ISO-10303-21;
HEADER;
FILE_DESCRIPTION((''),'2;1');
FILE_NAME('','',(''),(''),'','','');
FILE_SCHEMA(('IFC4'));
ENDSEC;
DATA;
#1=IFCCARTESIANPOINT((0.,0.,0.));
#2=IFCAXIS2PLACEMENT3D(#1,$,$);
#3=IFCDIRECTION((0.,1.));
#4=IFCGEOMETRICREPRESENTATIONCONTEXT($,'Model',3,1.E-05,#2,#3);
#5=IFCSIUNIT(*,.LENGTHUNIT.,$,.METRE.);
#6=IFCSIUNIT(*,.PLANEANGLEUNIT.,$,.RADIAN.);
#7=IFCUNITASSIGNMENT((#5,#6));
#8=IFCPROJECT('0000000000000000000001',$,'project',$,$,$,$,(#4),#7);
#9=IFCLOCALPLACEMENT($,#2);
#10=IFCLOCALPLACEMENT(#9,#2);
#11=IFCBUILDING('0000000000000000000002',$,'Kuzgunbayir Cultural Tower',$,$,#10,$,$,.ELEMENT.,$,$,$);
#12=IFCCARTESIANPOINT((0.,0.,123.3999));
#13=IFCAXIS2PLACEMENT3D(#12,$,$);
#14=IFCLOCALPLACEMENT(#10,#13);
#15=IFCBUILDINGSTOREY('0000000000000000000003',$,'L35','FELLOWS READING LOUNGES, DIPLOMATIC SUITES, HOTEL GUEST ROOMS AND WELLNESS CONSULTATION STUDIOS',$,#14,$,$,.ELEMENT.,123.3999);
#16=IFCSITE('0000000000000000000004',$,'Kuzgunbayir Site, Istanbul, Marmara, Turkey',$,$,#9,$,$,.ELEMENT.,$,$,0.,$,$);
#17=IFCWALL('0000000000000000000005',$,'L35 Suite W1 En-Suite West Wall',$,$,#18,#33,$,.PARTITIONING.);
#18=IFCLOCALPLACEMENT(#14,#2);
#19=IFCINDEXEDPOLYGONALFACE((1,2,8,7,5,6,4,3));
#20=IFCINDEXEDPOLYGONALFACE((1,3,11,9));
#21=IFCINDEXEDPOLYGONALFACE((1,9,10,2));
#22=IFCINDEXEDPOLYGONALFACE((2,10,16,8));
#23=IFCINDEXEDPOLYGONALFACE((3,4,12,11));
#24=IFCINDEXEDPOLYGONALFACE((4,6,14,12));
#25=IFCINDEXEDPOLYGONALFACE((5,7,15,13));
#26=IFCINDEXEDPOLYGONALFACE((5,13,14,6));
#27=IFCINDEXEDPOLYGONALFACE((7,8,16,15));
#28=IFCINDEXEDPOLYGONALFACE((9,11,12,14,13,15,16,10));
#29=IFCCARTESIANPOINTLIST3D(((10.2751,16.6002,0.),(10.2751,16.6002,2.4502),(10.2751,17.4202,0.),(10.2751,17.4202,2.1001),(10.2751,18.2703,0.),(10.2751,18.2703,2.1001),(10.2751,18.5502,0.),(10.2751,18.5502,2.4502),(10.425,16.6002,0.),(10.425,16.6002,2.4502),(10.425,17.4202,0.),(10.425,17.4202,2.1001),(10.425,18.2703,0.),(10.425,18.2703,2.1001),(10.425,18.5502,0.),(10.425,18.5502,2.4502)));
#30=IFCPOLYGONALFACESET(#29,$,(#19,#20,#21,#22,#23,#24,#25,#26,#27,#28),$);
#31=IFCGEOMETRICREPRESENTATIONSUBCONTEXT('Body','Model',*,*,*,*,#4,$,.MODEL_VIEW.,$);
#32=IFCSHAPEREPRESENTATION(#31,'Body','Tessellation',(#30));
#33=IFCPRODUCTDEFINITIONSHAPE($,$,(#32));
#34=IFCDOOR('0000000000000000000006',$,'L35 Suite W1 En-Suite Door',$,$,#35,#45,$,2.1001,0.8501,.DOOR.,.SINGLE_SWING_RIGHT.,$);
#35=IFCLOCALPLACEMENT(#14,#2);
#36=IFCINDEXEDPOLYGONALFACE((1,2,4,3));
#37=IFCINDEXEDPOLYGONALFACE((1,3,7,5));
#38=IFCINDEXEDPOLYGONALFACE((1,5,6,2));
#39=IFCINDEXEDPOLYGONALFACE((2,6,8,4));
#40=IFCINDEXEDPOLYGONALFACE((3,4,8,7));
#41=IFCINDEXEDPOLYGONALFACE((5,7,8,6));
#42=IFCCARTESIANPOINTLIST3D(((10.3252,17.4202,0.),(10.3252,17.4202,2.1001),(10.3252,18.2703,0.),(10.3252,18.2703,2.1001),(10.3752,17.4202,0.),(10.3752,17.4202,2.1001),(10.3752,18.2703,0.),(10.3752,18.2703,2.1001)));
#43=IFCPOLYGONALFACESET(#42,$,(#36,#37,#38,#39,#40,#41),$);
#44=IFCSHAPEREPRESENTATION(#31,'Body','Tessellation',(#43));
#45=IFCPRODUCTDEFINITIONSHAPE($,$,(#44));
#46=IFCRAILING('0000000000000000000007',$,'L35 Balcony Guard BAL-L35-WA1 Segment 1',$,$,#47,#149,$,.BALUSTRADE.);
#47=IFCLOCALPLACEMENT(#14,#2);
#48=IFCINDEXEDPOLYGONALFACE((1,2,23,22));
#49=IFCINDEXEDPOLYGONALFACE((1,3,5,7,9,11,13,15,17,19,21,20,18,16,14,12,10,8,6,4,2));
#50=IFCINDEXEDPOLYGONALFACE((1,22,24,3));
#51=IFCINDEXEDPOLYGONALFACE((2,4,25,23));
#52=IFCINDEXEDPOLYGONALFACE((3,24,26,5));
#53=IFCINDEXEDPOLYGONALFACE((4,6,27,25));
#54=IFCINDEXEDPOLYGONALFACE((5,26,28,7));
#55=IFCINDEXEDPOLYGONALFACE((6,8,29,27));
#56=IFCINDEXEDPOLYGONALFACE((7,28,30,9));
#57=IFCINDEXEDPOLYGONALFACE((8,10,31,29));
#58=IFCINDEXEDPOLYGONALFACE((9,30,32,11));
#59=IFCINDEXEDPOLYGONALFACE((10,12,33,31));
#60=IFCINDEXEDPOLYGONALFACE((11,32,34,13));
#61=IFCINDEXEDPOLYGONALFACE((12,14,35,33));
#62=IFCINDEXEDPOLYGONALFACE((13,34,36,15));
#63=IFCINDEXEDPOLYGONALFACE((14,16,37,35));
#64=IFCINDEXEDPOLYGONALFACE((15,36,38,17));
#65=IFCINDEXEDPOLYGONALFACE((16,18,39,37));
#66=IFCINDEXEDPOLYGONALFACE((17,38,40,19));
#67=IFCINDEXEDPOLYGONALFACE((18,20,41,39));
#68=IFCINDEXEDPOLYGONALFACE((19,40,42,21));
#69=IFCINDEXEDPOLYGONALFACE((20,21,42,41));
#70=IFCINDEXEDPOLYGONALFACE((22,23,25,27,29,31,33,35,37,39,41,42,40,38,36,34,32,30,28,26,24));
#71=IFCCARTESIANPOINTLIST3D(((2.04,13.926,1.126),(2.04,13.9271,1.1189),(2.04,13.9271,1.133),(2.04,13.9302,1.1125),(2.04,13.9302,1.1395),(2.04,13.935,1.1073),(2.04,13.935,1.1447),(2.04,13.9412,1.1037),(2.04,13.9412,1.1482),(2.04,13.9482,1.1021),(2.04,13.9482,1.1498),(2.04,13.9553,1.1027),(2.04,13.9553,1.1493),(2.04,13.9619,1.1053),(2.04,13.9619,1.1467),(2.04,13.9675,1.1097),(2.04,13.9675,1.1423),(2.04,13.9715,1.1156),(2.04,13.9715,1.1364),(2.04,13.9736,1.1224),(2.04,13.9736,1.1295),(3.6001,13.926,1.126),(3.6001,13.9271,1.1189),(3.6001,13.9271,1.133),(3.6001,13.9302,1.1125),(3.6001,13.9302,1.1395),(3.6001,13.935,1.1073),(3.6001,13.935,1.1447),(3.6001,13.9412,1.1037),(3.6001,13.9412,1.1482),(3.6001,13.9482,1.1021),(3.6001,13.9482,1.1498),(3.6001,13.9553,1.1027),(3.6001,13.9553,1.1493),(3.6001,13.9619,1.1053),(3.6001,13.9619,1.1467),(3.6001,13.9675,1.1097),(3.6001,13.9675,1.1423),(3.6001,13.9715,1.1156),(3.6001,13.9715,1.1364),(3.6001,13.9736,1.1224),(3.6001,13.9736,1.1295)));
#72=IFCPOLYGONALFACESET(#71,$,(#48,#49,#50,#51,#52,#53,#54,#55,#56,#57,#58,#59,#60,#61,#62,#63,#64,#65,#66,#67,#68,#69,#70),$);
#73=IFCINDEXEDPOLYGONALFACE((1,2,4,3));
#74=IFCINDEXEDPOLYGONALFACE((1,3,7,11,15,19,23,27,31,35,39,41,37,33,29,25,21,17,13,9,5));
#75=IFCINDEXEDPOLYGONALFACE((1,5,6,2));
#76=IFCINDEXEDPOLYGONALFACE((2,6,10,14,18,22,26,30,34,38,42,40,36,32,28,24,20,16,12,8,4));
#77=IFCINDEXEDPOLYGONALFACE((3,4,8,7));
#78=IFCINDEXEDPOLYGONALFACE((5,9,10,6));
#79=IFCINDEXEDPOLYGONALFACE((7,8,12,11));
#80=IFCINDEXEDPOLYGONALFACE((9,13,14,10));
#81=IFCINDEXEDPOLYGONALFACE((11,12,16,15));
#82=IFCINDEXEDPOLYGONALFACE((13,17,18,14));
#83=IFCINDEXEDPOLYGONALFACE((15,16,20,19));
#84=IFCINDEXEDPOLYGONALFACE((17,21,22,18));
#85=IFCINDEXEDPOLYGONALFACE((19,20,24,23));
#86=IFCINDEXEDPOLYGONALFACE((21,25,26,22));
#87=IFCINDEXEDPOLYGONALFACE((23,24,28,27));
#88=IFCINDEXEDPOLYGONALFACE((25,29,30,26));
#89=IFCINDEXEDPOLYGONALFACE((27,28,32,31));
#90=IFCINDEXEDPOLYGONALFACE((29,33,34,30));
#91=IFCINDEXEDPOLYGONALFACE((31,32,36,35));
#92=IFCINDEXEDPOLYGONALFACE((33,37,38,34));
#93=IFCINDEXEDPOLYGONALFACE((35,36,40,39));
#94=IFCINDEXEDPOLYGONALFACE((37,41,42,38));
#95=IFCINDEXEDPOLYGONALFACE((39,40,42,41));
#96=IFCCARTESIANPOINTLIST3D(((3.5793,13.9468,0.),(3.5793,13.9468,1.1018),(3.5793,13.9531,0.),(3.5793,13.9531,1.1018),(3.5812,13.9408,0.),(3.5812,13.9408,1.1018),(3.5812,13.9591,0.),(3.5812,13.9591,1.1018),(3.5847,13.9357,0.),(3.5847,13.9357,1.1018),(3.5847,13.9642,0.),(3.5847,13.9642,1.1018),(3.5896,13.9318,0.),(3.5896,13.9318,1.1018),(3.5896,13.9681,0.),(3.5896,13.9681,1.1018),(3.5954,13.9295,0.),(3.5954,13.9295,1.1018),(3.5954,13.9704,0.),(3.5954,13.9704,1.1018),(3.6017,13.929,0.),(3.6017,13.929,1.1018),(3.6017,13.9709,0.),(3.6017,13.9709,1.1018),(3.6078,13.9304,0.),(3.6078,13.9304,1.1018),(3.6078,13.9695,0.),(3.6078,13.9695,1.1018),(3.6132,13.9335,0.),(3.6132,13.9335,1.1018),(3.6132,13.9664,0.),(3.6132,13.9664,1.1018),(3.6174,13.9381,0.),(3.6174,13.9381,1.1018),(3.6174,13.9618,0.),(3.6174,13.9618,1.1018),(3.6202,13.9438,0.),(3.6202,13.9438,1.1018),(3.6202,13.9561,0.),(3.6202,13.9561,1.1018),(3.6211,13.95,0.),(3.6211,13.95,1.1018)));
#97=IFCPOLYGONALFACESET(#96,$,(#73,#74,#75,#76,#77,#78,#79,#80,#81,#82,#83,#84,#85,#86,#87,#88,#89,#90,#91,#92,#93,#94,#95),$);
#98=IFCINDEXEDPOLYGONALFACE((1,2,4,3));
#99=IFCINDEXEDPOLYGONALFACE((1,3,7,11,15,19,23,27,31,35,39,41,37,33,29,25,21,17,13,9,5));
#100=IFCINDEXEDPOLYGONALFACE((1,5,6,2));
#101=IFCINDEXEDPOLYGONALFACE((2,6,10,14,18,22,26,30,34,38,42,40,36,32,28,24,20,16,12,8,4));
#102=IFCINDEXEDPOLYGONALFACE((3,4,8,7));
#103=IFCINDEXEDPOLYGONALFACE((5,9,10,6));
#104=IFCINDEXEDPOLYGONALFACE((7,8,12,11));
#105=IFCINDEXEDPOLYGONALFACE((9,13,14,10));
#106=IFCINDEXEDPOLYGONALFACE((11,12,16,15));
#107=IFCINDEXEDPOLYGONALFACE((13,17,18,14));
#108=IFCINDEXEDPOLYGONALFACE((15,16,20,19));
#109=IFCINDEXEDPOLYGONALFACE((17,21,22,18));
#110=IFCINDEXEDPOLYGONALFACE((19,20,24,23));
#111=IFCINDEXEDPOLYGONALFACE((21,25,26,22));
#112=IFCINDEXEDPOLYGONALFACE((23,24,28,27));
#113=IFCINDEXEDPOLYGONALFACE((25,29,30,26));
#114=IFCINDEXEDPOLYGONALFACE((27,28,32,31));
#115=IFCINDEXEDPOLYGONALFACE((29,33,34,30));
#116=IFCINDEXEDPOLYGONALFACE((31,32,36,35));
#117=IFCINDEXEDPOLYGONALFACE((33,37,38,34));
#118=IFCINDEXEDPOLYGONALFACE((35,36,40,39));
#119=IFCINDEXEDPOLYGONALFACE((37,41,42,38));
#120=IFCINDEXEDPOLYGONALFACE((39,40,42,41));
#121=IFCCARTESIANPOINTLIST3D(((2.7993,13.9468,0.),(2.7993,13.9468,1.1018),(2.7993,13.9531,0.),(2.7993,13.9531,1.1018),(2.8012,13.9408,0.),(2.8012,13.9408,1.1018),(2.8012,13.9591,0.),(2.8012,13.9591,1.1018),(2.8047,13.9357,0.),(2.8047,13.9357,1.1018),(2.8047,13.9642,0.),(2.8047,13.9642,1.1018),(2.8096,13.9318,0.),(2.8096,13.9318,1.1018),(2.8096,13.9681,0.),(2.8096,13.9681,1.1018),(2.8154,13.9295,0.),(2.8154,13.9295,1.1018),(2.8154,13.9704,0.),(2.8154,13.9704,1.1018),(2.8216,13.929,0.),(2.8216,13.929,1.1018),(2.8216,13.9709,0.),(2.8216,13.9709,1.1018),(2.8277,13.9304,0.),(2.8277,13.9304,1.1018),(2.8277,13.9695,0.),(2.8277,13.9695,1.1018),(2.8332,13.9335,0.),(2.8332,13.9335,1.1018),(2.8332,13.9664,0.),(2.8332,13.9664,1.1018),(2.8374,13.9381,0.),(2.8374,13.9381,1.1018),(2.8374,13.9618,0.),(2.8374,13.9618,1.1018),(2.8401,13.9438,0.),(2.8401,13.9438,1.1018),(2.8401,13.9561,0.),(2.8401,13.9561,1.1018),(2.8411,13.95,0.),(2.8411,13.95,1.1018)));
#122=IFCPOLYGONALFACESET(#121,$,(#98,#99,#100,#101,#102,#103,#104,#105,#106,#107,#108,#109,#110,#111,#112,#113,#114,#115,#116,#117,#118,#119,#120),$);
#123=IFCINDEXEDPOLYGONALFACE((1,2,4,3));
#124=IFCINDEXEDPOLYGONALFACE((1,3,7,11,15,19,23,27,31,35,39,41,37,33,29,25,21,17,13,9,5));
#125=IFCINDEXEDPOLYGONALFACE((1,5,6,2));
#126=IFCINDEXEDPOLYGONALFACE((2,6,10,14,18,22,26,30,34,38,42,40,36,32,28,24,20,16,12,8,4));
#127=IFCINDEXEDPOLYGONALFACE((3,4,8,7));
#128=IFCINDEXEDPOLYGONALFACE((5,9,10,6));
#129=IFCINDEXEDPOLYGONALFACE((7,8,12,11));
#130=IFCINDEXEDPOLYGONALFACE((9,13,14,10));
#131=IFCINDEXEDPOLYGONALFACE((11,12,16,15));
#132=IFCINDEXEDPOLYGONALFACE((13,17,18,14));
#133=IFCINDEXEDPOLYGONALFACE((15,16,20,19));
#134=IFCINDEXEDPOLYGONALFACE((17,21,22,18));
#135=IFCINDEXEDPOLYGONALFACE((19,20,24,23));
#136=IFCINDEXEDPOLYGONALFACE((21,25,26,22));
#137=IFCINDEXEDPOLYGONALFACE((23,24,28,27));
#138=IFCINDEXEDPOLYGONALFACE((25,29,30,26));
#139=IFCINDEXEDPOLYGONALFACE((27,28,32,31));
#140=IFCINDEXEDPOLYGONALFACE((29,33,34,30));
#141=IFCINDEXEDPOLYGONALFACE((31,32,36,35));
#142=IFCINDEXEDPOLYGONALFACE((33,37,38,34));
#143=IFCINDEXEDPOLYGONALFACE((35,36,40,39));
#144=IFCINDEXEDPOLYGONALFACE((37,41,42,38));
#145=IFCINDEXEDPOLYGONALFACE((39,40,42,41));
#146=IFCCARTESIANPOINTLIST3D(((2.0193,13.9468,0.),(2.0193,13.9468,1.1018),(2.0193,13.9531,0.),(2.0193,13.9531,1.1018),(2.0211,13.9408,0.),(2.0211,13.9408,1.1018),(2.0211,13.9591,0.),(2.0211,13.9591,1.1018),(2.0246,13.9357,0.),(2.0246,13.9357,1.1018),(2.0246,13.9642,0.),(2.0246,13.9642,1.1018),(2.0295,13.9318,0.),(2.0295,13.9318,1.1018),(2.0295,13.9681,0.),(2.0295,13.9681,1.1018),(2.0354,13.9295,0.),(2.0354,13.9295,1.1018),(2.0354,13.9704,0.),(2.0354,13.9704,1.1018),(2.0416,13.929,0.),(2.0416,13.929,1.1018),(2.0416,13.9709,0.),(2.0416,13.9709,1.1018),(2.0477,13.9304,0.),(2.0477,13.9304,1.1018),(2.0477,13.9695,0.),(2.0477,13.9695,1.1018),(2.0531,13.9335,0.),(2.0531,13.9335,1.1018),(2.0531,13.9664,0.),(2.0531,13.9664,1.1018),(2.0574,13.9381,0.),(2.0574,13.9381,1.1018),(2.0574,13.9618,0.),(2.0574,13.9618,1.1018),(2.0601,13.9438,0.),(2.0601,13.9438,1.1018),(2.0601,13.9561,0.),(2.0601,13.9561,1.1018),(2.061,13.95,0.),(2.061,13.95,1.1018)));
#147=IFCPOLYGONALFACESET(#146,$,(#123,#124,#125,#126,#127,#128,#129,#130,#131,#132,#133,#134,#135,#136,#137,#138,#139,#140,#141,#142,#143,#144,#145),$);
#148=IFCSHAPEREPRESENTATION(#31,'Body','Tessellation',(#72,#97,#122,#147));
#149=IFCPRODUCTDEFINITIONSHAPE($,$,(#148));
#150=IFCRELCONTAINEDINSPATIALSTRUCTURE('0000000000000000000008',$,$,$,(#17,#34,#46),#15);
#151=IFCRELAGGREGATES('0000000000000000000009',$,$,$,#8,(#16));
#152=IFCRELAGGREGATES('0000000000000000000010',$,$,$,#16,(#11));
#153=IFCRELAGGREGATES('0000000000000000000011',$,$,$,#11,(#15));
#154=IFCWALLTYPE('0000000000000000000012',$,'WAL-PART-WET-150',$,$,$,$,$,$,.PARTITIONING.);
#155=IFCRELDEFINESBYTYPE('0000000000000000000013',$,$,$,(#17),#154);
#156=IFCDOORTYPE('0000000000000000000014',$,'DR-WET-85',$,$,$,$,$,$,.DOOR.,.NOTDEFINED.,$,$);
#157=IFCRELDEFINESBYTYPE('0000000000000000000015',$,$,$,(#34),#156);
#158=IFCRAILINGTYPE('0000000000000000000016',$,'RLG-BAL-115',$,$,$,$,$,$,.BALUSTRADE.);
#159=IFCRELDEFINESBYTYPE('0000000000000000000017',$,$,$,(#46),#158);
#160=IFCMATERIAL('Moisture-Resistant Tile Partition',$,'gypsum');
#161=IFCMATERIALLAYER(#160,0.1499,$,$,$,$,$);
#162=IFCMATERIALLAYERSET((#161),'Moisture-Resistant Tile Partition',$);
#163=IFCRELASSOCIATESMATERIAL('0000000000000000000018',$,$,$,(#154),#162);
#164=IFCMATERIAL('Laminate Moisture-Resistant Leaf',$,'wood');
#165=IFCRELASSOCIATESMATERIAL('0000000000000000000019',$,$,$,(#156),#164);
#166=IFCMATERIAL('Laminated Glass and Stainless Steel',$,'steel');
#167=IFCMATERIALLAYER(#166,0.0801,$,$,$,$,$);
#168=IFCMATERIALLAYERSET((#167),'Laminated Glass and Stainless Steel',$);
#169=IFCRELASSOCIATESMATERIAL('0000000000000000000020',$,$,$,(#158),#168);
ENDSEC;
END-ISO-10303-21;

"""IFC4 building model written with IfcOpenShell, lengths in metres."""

from ifc_helpers import new_model, si_unit, direction, frame, frame_2d, origin, origin_2d, place, context, subcontext, project, spatial, rectangle, circle, extrude, material, layer, layer_set, type_object, element, fill, save


model = new_model("IFC4")

# Units and contexts
model_context = context("Model", 3, precision=1e-05, world=origin(), true_north=direction((0.0, 1.0)))
body_context = subcontext(model_context, "Body", "Model", "MODEL_VIEW")
ifc_project = project(units=[si_unit("LENGTHUNIT", "METRE"), si_unit("PLANEANGLEUNIT", "RADIAN")], contexts=[model_context])

# Site, building, storey
site_placement = place(None, origin())
site = spatial("IfcSite", under=ifc_project, at=site_placement, Name="Kuzgunbayir Site, Istanbul, Marmara, Turkey", CompositionType="ELEMENT", RefElevation=0.0)
building_placement = place(site_placement, origin())
building = spatial("IfcBuilding", under=site, at=building_placement, Name="Kuzgunbayir Cultural Tower", CompositionType="ELEMENT")
storey_placement = place(building_placement, frame((0.0, 0.0, 123.3999)))
storey = spatial("IfcBuildingStorey", under=building, at=storey_placement, Name="L35", Description="FELLOWS READING LOUNGES, DIPLOMATIC SUITES, HOTEL GUEST ROOMS AND WELLNESS CONSULTATION STUDIOS", CompositionType="ELEMENT", Elevation=123.3999)

# Shared definitions
ifc_material_1 = material(Name="Laminate Moisture-Resistant Leaf", Category="wood")

# Wall, opening, door
ifc_material_2 = material(Name="Moisture-Resistant Tile Partition", Category="gypsum")
ifc_layer_1 = layer(ifc_material_2, 0.1499)
ifc_layer_set_1 = layer_set([ifc_layer_1], Name="Moisture-Resistant Tile Partition")
wall_type_1 = type_object("IfcWallType", Name="WAL-PART-WET-150", PredefinedType="PARTITIONING", material=ifc_layer_set_1)
wall_1_placement = place(storey_placement, frame((10.3501, 16.6001, 0.0), z_axis=(0.0, 0.0, 1.0), x_axis=(0.0, 1.0, 0.0)))
wall_1 = element("IfcWall", 1, at=wall_1_placement, inside=storey, type_object=wall_type_1, Name="L35 Suite W1 En-Suite West Wall", PredefinedType="PARTITIONING", context=body_context, shape_type="SweptSolid", body=[
    extrude(rectangle(XDim=1.95, YDim=0.1499, at=frame_2d((0.9751, 0.0))), origin(), (0.0, 0.0, 1.0), 2.4502),
])
opening_1_placement = place(wall_1_placement, frame((0.8201, 0.0, 0.0)))
opening_1 = element("IfcOpeningElement", 2, at=opening_1_placement, cuts=wall_1, PredefinedType="OPENING", context=body_context, shape_type="SweptSolid", body=[
    extrude(rectangle(XDim=0.8501, YDim=2.1001, at=frame_2d((0.425, 1.05))), frame((0.0, 0.085, 0.0), z_axis=(0.0, -1.0, 0.0), x_axis=(1.0, 0.0, 0.0)), (0.0, 0.0, 1.0), 0.1699),
])
door_type_1 = type_object("IfcDoorType", Name="DR-WET-85", OperationType="NOTDEFINED", PredefinedType="DOOR", material=ifc_material_1)
door_1_placement = place(opening_1_placement, origin())
door_1 = element("IfcDoor", 3, at=door_1_placement, inside=storey, type_object=door_type_1, Name="L35 Suite W1 En-Suite Door", OperationType="SINGLE_SWING_RIGHT", OverallHeight=2.1001, OverallWidth=0.8501, PredefinedType="DOOR", context=body_context, shape_type="SweptSolid", body=[
    extrude(rectangle(XDim=0.8501, YDim=2.1001, at=frame_2d((0.425, 1.05))), frame((0.0, 0.0249, 0.0), z_axis=(0.0, -1.0, 0.0), x_axis=(1.0, 0.0, 0.0)), (0.0, 0.0, 1.0), 0.05),
])
fill(opening_1, door_1)

# Railing
ifc_material_3 = material(Name="Laminated Glass and Stainless Steel", Category="steel")
ifc_layer_2 = layer(ifc_material_3, 0.0801)
ifc_layer_set_2 = layer_set([ifc_layer_2], Name="Laminated Glass and Stainless Steel")
railing_type = type_object("IfcRailingType", Name="RLG-BAL-115", PredefinedType="BALUSTRADE", material=ifc_layer_set_2)
railing_1_placement = place(storey_placement, frame((3.6001, 13.95, 0.0)))
element("IfcRailing", 4, at=railing_1_placement, inside=storey, type_object=railing_type, Name="L35 Balcony Guard BAL-L35-WA1 Segment 1", PredefinedType="BALUSTRADE", context=body_context, shape_type="SweptSolid", body=[
    extrude(circle(Radius=0.0239, at=origin_2d()), frame((0.0, 0.0, 1.126), z_axis=(-1.0, 0.0, 0.0), x_axis=(0.0, -1.0, 0.0)), (0.0, 0.0, 1.0), 1.5601),
    extrude(circle(Radius=0.021, at=origin_2d()), origin(), (0.0, 0.0, 1.0), 1.1018),
    extrude(circle(Radius=0.021, at=origin_2d()), frame((-0.78, 0.0, 0.0)), (0.0, 0.0, 1.0), 1.1018),
    extrude(circle(Radius=0.021, at=origin_2d()), frame((-1.5601, 0.0, 0.0)), (0.0, 0.0, 1.0), 1.1018),
])

save(model, "model.ifc")
